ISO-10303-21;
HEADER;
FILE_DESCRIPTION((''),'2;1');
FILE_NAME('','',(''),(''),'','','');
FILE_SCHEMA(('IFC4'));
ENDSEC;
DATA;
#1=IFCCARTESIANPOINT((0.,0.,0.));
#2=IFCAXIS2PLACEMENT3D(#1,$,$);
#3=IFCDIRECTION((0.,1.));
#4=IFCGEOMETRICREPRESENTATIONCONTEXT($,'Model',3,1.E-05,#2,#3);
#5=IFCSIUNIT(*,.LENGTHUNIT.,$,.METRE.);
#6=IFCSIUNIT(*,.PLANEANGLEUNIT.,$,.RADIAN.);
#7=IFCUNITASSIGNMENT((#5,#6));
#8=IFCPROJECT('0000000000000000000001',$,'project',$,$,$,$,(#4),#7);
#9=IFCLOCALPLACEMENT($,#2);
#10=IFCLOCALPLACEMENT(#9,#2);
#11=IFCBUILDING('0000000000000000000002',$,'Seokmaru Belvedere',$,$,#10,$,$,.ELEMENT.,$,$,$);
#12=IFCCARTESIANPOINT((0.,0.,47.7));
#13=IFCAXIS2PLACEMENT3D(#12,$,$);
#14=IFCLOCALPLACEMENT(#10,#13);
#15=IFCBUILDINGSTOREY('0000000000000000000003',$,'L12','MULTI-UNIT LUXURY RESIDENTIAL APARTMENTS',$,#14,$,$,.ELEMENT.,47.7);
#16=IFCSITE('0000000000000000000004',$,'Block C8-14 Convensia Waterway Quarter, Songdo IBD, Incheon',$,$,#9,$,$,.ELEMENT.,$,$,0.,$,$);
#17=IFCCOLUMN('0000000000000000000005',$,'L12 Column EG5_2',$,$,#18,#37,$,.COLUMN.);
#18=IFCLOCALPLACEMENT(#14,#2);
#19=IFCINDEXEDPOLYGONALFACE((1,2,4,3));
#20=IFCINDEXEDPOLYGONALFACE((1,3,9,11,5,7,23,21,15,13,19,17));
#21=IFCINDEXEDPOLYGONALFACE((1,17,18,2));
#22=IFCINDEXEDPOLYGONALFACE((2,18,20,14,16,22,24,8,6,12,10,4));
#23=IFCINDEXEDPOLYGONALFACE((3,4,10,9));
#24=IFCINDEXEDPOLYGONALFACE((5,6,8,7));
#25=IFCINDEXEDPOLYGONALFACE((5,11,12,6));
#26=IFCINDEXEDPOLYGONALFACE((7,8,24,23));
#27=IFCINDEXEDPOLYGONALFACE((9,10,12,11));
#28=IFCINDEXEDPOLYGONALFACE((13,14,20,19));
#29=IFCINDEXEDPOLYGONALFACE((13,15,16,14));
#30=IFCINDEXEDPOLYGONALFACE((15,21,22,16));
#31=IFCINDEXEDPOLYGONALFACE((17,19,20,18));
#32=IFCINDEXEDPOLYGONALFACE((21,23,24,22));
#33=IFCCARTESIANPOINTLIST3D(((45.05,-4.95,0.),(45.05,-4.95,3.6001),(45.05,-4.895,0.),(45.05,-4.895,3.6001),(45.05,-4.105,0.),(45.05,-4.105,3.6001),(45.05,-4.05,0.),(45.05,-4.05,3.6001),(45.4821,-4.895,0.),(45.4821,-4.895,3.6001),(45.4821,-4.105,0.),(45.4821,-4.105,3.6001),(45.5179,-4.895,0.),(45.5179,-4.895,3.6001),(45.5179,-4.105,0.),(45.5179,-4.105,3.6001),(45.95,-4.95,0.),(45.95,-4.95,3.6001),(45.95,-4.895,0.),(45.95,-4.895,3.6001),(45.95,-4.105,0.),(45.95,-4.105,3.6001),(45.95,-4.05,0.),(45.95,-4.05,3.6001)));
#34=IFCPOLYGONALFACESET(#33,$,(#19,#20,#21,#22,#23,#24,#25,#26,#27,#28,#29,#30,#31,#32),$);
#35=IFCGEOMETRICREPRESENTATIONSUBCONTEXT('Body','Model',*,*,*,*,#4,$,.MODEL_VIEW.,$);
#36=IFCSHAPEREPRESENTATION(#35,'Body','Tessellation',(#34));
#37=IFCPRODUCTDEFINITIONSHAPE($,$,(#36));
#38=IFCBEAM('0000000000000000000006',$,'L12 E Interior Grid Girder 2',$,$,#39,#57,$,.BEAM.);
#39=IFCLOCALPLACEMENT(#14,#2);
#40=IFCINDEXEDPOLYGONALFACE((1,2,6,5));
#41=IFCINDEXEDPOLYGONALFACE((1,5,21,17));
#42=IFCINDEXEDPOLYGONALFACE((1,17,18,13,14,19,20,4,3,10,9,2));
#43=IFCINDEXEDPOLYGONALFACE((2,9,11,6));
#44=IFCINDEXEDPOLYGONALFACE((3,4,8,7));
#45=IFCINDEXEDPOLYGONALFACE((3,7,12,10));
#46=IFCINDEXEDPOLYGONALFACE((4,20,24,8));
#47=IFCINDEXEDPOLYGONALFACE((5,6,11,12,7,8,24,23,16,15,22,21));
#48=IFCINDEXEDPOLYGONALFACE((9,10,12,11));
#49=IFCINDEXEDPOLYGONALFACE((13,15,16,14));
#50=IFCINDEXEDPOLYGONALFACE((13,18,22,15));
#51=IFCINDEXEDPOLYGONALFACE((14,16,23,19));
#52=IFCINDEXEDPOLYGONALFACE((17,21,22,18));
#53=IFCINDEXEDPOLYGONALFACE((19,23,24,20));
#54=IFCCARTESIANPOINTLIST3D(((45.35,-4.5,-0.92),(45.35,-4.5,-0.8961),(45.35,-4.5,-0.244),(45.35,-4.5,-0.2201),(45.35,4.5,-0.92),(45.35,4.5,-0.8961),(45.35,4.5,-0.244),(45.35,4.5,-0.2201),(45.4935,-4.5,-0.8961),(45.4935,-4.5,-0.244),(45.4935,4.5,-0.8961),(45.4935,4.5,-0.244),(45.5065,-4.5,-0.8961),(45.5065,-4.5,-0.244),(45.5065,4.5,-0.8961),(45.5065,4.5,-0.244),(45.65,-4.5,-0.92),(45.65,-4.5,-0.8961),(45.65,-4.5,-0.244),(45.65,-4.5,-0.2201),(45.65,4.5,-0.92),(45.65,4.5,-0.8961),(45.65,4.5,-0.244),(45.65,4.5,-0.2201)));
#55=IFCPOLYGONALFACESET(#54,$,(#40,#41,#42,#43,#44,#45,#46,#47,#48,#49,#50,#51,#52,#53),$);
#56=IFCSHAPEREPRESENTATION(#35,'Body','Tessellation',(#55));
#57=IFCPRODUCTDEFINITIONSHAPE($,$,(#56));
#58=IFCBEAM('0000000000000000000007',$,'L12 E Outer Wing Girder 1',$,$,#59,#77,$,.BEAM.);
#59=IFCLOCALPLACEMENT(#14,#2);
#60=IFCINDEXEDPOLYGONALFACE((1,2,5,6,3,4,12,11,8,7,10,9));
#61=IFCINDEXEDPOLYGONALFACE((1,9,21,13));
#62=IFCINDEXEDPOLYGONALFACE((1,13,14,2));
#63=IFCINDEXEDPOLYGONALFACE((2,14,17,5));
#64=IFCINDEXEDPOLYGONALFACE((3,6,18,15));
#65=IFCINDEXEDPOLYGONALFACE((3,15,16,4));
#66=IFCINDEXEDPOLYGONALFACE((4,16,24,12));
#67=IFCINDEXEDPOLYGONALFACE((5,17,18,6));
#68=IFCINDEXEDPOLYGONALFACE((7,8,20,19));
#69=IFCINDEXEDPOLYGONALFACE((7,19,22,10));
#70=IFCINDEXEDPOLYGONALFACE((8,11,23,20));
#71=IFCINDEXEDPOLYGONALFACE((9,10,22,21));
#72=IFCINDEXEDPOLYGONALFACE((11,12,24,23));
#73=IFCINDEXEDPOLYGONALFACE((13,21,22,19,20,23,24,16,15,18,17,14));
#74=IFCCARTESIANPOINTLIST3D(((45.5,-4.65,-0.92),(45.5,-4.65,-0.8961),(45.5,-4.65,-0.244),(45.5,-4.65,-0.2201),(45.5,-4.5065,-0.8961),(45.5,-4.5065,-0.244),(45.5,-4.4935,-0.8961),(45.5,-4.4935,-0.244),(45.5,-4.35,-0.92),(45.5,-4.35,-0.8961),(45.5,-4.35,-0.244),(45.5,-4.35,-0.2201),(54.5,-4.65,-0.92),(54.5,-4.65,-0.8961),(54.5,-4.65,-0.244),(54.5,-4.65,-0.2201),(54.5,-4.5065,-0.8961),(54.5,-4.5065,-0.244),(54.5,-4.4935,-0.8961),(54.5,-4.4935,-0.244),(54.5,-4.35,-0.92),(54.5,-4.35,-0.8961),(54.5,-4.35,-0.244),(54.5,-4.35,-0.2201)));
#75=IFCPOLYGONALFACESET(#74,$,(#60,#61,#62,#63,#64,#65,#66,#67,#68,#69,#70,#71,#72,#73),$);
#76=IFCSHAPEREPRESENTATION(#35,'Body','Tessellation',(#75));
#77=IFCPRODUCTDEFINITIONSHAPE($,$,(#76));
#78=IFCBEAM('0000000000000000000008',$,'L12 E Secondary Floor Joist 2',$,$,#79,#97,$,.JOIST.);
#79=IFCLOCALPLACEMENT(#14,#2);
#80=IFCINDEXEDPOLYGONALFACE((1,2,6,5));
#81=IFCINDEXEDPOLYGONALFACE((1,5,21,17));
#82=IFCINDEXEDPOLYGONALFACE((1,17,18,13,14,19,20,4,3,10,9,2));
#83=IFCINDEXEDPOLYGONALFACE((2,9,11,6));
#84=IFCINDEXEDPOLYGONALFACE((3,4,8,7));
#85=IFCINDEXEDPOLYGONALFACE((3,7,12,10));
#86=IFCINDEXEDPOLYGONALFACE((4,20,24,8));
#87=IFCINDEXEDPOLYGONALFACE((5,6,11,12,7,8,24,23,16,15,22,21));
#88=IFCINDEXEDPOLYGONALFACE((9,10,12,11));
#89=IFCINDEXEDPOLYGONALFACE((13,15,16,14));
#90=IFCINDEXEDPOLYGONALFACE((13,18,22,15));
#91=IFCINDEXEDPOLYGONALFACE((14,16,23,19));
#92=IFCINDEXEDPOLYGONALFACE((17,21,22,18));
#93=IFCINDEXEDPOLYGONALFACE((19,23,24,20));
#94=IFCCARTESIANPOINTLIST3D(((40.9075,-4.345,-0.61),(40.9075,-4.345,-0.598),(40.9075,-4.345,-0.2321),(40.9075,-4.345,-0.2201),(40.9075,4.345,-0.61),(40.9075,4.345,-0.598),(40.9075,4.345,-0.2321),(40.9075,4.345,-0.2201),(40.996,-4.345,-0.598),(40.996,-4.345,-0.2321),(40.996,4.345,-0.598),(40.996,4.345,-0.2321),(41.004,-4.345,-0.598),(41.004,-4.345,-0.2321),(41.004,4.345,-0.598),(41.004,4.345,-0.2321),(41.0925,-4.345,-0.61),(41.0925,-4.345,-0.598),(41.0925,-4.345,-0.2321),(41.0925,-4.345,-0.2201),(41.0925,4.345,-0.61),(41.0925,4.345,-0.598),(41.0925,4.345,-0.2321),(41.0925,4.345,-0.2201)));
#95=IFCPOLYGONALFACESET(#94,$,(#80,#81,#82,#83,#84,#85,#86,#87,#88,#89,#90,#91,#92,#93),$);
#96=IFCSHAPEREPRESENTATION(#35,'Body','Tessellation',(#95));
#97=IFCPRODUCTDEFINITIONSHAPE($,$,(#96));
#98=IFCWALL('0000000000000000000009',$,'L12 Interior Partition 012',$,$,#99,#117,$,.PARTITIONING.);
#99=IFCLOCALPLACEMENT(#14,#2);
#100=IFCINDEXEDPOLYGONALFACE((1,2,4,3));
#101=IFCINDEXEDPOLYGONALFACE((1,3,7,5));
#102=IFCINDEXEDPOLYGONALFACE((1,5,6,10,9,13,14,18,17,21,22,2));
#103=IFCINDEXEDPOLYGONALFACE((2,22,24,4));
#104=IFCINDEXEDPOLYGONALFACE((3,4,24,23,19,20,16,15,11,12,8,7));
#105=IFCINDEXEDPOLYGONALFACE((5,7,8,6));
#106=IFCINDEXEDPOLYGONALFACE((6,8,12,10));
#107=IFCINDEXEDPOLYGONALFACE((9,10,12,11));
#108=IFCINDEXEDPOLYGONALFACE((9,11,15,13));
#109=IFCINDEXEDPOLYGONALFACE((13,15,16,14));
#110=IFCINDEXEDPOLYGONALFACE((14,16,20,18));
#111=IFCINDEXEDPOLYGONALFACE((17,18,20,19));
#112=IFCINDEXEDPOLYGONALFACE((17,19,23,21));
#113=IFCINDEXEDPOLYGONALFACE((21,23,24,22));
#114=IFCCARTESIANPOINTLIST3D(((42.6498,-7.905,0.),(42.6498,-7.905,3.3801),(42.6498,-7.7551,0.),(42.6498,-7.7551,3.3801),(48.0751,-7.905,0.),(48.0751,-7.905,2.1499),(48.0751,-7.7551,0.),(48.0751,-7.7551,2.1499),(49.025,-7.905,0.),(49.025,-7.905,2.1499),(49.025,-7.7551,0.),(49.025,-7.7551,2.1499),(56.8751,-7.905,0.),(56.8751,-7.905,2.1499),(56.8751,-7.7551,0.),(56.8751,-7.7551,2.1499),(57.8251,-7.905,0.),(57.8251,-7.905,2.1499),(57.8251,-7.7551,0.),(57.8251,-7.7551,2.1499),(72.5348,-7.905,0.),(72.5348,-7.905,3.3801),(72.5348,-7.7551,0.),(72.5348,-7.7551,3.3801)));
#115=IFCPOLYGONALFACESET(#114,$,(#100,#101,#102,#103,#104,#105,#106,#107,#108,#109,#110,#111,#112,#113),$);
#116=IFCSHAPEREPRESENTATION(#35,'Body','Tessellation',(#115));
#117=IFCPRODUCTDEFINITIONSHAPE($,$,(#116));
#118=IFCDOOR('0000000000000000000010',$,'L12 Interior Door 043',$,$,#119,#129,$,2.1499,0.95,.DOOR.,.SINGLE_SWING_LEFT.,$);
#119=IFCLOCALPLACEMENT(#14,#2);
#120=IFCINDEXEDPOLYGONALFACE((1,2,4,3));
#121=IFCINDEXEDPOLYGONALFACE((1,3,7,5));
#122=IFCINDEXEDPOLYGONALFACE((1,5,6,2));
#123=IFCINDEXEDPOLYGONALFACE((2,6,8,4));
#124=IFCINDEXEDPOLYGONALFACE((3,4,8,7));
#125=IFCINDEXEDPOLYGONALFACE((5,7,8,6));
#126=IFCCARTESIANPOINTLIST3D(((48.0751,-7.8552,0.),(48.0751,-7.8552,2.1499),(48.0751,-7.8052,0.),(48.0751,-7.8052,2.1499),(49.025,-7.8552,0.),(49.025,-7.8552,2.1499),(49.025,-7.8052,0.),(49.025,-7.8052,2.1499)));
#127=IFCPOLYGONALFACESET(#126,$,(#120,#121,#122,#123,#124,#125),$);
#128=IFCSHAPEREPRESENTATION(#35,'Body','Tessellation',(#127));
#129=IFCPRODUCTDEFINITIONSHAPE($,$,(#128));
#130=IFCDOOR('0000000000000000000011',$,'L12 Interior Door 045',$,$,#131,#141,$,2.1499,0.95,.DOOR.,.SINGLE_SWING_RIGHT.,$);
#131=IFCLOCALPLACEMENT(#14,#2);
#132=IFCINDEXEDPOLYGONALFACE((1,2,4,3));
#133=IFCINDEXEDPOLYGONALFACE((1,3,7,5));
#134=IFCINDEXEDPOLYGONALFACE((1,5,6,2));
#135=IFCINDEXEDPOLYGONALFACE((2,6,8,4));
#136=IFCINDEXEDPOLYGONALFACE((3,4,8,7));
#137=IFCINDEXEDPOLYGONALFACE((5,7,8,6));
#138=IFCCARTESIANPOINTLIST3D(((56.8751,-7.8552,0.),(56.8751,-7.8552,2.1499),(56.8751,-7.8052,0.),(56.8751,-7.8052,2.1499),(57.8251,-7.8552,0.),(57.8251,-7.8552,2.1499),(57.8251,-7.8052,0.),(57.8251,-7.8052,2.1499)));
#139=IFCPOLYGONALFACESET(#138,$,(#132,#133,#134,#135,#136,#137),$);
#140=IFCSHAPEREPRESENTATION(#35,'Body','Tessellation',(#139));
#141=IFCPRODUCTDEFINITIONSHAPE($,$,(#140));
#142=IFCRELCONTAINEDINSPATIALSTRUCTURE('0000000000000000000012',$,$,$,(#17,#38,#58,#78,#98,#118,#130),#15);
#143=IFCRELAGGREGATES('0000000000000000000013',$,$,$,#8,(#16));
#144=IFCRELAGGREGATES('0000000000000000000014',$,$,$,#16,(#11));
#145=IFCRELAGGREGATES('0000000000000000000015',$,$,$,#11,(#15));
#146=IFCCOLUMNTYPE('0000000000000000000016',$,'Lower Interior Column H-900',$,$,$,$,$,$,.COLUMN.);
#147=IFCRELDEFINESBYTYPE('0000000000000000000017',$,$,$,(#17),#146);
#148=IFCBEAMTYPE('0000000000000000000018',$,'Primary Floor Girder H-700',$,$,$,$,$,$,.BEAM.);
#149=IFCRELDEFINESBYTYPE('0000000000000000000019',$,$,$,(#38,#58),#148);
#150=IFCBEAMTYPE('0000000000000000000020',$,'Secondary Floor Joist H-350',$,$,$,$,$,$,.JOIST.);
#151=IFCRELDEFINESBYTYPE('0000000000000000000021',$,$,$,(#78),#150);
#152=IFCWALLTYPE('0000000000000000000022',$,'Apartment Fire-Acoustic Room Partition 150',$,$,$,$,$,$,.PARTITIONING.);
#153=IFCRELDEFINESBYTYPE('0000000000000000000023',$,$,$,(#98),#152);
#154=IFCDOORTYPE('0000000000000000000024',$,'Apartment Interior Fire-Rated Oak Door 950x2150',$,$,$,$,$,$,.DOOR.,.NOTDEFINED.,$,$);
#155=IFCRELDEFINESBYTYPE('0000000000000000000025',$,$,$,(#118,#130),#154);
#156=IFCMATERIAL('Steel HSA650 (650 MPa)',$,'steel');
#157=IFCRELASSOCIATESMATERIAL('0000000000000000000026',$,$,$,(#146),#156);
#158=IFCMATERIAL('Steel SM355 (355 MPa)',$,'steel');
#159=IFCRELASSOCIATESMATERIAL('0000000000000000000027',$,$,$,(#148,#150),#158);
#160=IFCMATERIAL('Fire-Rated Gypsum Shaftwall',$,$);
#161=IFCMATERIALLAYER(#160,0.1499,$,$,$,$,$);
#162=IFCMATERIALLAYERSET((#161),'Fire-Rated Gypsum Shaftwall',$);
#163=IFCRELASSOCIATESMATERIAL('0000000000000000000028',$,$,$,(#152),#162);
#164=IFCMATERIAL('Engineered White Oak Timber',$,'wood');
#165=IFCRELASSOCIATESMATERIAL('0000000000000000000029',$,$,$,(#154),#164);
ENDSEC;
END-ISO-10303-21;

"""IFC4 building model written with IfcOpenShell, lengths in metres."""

from ifc_helpers import new_model, si_unit, direction, frame, frame_2d, origin, origin_2d, place, context, subcontext, project, spatial, rectangle, i_section, extrude, source, transform, mapped, material, layer, layer_set, material_profile, profile_set, type_object, type_shapes, element, fill, save


model = new_model("IFC4")

# Units and contexts
model_context = context("Model", 3, precision=1e-05, world=origin(), true_north=direction((0.0, 1.0)))
body_context = subcontext(model_context, "Body", "Model", "MODEL_VIEW")
ifc_project = project(units=[si_unit("LENGTHUNIT", "METRE"), si_unit("PLANEANGLEUNIT", "RADIAN")], contexts=[model_context])

# Site, building, storey
site_placement = place(None, origin())
site = spatial("IfcSite", under=ifc_project, at=site_placement, Name="Block C8-14 Convensia Waterway Quarter, Songdo IBD, Incheon", CompositionType="ELEMENT", RefElevation=0.0)
building_placement = place(site_placement, origin())
building = spatial("IfcBuilding", under=site, at=building_placement, Name="Seokmaru Belvedere", CompositionType="ELEMENT")
storey_placement = place(building_placement, frame((0.0, 0.0, 47.7)))
storey = spatial("IfcBuildingStorey", under=building, at=storey_placement, Name="L12", Description="MULTI-UNIT LUXURY RESIDENTIAL APARTMENTS", CompositionType="ELEMENT", Elevation=47.7)

# Column
ifc_material_1 = material(Name="Steel HSA650 (650 MPa)", Category="steel")
ifc_material_profile_1 = material_profile(ifc_material_1, i_section(OverallWidth=0.8999, OverallDepth=0.8999, WebThickness=0.0359, FlangeThickness=0.0549, at=origin_2d()), Name="H-900x900x36x55")
ifc_profile_set_1 = profile_set([ifc_material_profile_1], Name="Steel HSA650 (650 MPa)")
column_type = type_object("IfcColumnType", Name="Lower Interior Column H-900", PredefinedType="COLUMN", material=ifc_profile_set_1)
shared_shape_1 = source(origin(), body_context, "Body", "SweptSolid", [
    extrude(i_section(OverallWidth=0.8999, OverallDepth=0.8999, WebThickness=0.0359, FlangeThickness=0.0549, at=origin_2d()), origin(), (0.0, 0.0, 1.0), 3.6001),
])
type_shapes(column_type, [shared_shape_1])
column_placement = place(storey_placement, frame((45.5, -4.5, 0.0), z_axis=(0.0, 0.0, 1.0), x_axis=(1.0, 0.0, 0.0)))
element("IfcColumn", 1, at=column_placement, inside=storey, type_object=column_type, Name="L12 Column EG5_2", PredefinedType="COLUMN", context=body_context, shape_type="MappedRepresentation", body=[
    mapped(shared_shape_1, transform((0.0, 0.0, 0.0), scale=1.0)),
])

# Beams
ifc_material_2 = material(Name="Steel SM355 (355 MPa)", Category="steel")
ifc_material_profile_2 = material_profile(ifc_material_2, i_section(OverallWidth=0.3, OverallDepth=0.7, WebThickness=0.0129, FlangeThickness=0.0239, at=origin_2d()), Name="H-700x300x13x24")
ifc_profile_set_2 = profile_set([ifc_material_profile_2], Name="Steel SM355 (355 MPa)")
beam_type_1 = type_object("IfcBeamType", Name="Primary Floor Girder H-700", PredefinedType="BEAM", material=ifc_profile_set_2)
shared_shape_2 = source(origin(), body_context, "Body", "SweptSolid", [
    extrude(i_section(OverallWidth=0.3, OverallDepth=0.7, WebThickness=0.0129, FlangeThickness=0.0239, at=origin_2d()), origin(), (0.0, 0.0, 1.0), 9.0),
])
type_shapes(beam_type_1, [shared_shape_2])
for number, where, z_axis, x_axis, name in (
    (2, (45.5, -4.5, -0.5701), (0.0, 1.0, 0.0), (-1.0, 0.0, 0.0), "L12 E Interior Grid Girder 2"),
    (3, (45.5, -4.5, -0.5701), (1.0, 0.0, 0.0), (0.0, 1.0, 0.0), "L12 E Outer Wing Girder 1"),
):
    element("IfcBeam", number, at=place(storey_placement, frame(where, z_axis=z_axis, x_axis=x_axis)), inside=storey, type_object=beam_type_1, Name=name, PredefinedType="BEAM", context=body_context, shape_type="MappedRepresentation", body=[
        mapped(shared_shape_2, transform((0.0, 0.0, 0.0), scale=1.0)),
    ])
ifc_material_profile_3 = material_profile(ifc_material_2, i_section(OverallWidth=0.1851, OverallDepth=0.3899, WebThickness=0.0081, FlangeThickness=0.012, at=origin_2d()), Name="H-390x185x8x12")
ifc_profile_set_3 = profile_set([ifc_material_profile_3], Name="Steel SM355 (355 MPa)")
beam_type_2 = type_object("IfcBeamType", Name="Secondary Floor Joist H-350", PredefinedType="JOIST", material=ifc_profile_set_3)
shared_shape_3 = source(origin(), body_context, "Body", "SweptSolid", [
    extrude(i_section(OverallWidth=0.1851, OverallDepth=0.3899, WebThickness=0.0081, FlangeThickness=0.012, at=origin_2d()), origin(), (0.0, 0.0, 1.0), 8.6899),
])
type_shapes(beam_type_2, [shared_shape_3])
beam_placement = place(storey_placement, frame((41.0, -4.345, -0.415), z_axis=(0.0, 1.0, 0.0), x_axis=(-1.0, 0.0, 0.0)))
element("IfcBeam", 4, at=beam_placement, inside=storey, type_object=beam_type_2, Name="L12 E Secondary Floor Joist 2", PredefinedType="JOIST", context=body_context, shape_type="MappedRepresentation", body=[
    mapped(shared_shape_3, transform((0.0, 0.0, 0.0), scale=1.0)),
])

# Wall, openings, doors
ifc_material_3 = material(Name="Fire-Rated Gypsum Shaftwall")
ifc_layer_1 = layer(ifc_material_3, 0.1499)
ifc_layer_set_1 = layer_set([ifc_layer_1], Name="Fire-Rated Gypsum Shaftwall")
wall_type_1 = type_object("IfcWallType", Name="Apartment Fire-Acoustic Room Partition 150", PredefinedType="PARTITIONING", material=ifc_layer_set_1)
wall_1_placement = place(storey_placement, frame((42.6499, -7.8301, 0.0), z_axis=(0.0, 0.0, 1.0), x_axis=(1.0, 0.0, 0.0)))
wall_1 = element("IfcWall", 5, at=wall_1_placement, inside=storey, type_object=wall_type_1, Name="L12 Interior Partition 012", PredefinedType="PARTITIONING", context=body_context, shape_type="SweptSolid", body=[
    extrude(rectangle(XDim=29.885, YDim=0.1499, at=frame_2d((14.9424, 0.0))), origin(), (0.0, 0.0, 1.0), 3.3801),
])
opening_1_placement = place(wall_1_placement, frame((5.425, 0.0, 0.0)))
opening_1 = element("IfcOpeningElement", 6, at=opening_1_placement, cuts=wall_1, PredefinedType="OPENING", context=body_context, shape_type="SweptSolid", body=[
    extrude(rectangle(XDim=0.95, YDim=2.1499, at=frame_2d((0.4751, 1.075))), frame((0.0, 0.085, 0.0), z_axis=(0.0, -1.0, 0.0), x_axis=(1.0, 0.0, 0.0)), (0.0, 0.0, 1.0), 0.1699),
])
opening_2_placement = place(wall_1_placement, frame((14.2251, 0.0, 0.0)))
opening_2 = element("IfcOpeningElement", 7, at=opening_2_placement, cuts=wall_1, PredefinedType="OPENING", context=body_context, shape_type="SweptSolid", body=[
    extrude(rectangle(XDim=0.95, YDim=2.1499, at=frame_2d((0.4751, 1.075))), frame((0.0, 0.085, 0.0), z_axis=(0.0, -1.0, 0.0), x_axis=(1.0, 0.0, 0.0)), (0.0, 0.0, 1.0), 0.1699),
])
ifc_material_4 = material(Name="Engineered White Oak Timber", Category="wood")
door_type_1 = type_object("IfcDoorType", Name="Apartment Interior Fire-Rated Oak Door 950x2150", OperationType="NOTDEFINED", PredefinedType="DOOR", material=ifc_material_4)
shared_shape_4 = source(origin(), body_context, "Body", "SweptSolid", [
    extrude(rectangle(XDim=0.95, YDim=2.1499, at=frame_2d((0.4751, 1.075))), frame((0.0, 0.0249, 0.0), z_axis=(0.0, -1.0, 0.0), x_axis=(1.0, 0.0, 0.0)), (0.0, 0.0, 1.0), 0.05),
])
type_shapes(door_type_1, [shared_shape_4])
door_1_placement = place(opening_1_placement, origin())
door_1 = element("IfcDoor", 8, at=door_1_placement, inside=storey, type_object=door_type_1, Name="L12 Interior Door 043", OperationType="SINGLE_SWING_LEFT", OverallHeight=2.1499, OverallWidth=0.95, PredefinedType="DOOR", context=body_context, shape_type="MappedRepresentation", body=[
    mapped(shared_shape_4, transform((0.0, 0.0, 0.0), scale=1.0)),
])
fill(opening_1, door_1)
door_2_placement = place(opening_2_placement, origin())
door_2 = element("IfcDoor", 9, at=door_2_placement, inside=storey, type_object=door_type_1, Name="L12 Interior Door 045", OperationType="SINGLE_SWING_RIGHT", OverallHeight=2.1499, OverallWidth=0.95, PredefinedType="DOOR", context=body_context, shape_type="MappedRepresentation", body=[
    mapped(shared_shape_4, transform((0.0, 0.0, 0.0), scale=1.0)),
])
fill(opening_2, door_2)

save(model, "model.ifc")
